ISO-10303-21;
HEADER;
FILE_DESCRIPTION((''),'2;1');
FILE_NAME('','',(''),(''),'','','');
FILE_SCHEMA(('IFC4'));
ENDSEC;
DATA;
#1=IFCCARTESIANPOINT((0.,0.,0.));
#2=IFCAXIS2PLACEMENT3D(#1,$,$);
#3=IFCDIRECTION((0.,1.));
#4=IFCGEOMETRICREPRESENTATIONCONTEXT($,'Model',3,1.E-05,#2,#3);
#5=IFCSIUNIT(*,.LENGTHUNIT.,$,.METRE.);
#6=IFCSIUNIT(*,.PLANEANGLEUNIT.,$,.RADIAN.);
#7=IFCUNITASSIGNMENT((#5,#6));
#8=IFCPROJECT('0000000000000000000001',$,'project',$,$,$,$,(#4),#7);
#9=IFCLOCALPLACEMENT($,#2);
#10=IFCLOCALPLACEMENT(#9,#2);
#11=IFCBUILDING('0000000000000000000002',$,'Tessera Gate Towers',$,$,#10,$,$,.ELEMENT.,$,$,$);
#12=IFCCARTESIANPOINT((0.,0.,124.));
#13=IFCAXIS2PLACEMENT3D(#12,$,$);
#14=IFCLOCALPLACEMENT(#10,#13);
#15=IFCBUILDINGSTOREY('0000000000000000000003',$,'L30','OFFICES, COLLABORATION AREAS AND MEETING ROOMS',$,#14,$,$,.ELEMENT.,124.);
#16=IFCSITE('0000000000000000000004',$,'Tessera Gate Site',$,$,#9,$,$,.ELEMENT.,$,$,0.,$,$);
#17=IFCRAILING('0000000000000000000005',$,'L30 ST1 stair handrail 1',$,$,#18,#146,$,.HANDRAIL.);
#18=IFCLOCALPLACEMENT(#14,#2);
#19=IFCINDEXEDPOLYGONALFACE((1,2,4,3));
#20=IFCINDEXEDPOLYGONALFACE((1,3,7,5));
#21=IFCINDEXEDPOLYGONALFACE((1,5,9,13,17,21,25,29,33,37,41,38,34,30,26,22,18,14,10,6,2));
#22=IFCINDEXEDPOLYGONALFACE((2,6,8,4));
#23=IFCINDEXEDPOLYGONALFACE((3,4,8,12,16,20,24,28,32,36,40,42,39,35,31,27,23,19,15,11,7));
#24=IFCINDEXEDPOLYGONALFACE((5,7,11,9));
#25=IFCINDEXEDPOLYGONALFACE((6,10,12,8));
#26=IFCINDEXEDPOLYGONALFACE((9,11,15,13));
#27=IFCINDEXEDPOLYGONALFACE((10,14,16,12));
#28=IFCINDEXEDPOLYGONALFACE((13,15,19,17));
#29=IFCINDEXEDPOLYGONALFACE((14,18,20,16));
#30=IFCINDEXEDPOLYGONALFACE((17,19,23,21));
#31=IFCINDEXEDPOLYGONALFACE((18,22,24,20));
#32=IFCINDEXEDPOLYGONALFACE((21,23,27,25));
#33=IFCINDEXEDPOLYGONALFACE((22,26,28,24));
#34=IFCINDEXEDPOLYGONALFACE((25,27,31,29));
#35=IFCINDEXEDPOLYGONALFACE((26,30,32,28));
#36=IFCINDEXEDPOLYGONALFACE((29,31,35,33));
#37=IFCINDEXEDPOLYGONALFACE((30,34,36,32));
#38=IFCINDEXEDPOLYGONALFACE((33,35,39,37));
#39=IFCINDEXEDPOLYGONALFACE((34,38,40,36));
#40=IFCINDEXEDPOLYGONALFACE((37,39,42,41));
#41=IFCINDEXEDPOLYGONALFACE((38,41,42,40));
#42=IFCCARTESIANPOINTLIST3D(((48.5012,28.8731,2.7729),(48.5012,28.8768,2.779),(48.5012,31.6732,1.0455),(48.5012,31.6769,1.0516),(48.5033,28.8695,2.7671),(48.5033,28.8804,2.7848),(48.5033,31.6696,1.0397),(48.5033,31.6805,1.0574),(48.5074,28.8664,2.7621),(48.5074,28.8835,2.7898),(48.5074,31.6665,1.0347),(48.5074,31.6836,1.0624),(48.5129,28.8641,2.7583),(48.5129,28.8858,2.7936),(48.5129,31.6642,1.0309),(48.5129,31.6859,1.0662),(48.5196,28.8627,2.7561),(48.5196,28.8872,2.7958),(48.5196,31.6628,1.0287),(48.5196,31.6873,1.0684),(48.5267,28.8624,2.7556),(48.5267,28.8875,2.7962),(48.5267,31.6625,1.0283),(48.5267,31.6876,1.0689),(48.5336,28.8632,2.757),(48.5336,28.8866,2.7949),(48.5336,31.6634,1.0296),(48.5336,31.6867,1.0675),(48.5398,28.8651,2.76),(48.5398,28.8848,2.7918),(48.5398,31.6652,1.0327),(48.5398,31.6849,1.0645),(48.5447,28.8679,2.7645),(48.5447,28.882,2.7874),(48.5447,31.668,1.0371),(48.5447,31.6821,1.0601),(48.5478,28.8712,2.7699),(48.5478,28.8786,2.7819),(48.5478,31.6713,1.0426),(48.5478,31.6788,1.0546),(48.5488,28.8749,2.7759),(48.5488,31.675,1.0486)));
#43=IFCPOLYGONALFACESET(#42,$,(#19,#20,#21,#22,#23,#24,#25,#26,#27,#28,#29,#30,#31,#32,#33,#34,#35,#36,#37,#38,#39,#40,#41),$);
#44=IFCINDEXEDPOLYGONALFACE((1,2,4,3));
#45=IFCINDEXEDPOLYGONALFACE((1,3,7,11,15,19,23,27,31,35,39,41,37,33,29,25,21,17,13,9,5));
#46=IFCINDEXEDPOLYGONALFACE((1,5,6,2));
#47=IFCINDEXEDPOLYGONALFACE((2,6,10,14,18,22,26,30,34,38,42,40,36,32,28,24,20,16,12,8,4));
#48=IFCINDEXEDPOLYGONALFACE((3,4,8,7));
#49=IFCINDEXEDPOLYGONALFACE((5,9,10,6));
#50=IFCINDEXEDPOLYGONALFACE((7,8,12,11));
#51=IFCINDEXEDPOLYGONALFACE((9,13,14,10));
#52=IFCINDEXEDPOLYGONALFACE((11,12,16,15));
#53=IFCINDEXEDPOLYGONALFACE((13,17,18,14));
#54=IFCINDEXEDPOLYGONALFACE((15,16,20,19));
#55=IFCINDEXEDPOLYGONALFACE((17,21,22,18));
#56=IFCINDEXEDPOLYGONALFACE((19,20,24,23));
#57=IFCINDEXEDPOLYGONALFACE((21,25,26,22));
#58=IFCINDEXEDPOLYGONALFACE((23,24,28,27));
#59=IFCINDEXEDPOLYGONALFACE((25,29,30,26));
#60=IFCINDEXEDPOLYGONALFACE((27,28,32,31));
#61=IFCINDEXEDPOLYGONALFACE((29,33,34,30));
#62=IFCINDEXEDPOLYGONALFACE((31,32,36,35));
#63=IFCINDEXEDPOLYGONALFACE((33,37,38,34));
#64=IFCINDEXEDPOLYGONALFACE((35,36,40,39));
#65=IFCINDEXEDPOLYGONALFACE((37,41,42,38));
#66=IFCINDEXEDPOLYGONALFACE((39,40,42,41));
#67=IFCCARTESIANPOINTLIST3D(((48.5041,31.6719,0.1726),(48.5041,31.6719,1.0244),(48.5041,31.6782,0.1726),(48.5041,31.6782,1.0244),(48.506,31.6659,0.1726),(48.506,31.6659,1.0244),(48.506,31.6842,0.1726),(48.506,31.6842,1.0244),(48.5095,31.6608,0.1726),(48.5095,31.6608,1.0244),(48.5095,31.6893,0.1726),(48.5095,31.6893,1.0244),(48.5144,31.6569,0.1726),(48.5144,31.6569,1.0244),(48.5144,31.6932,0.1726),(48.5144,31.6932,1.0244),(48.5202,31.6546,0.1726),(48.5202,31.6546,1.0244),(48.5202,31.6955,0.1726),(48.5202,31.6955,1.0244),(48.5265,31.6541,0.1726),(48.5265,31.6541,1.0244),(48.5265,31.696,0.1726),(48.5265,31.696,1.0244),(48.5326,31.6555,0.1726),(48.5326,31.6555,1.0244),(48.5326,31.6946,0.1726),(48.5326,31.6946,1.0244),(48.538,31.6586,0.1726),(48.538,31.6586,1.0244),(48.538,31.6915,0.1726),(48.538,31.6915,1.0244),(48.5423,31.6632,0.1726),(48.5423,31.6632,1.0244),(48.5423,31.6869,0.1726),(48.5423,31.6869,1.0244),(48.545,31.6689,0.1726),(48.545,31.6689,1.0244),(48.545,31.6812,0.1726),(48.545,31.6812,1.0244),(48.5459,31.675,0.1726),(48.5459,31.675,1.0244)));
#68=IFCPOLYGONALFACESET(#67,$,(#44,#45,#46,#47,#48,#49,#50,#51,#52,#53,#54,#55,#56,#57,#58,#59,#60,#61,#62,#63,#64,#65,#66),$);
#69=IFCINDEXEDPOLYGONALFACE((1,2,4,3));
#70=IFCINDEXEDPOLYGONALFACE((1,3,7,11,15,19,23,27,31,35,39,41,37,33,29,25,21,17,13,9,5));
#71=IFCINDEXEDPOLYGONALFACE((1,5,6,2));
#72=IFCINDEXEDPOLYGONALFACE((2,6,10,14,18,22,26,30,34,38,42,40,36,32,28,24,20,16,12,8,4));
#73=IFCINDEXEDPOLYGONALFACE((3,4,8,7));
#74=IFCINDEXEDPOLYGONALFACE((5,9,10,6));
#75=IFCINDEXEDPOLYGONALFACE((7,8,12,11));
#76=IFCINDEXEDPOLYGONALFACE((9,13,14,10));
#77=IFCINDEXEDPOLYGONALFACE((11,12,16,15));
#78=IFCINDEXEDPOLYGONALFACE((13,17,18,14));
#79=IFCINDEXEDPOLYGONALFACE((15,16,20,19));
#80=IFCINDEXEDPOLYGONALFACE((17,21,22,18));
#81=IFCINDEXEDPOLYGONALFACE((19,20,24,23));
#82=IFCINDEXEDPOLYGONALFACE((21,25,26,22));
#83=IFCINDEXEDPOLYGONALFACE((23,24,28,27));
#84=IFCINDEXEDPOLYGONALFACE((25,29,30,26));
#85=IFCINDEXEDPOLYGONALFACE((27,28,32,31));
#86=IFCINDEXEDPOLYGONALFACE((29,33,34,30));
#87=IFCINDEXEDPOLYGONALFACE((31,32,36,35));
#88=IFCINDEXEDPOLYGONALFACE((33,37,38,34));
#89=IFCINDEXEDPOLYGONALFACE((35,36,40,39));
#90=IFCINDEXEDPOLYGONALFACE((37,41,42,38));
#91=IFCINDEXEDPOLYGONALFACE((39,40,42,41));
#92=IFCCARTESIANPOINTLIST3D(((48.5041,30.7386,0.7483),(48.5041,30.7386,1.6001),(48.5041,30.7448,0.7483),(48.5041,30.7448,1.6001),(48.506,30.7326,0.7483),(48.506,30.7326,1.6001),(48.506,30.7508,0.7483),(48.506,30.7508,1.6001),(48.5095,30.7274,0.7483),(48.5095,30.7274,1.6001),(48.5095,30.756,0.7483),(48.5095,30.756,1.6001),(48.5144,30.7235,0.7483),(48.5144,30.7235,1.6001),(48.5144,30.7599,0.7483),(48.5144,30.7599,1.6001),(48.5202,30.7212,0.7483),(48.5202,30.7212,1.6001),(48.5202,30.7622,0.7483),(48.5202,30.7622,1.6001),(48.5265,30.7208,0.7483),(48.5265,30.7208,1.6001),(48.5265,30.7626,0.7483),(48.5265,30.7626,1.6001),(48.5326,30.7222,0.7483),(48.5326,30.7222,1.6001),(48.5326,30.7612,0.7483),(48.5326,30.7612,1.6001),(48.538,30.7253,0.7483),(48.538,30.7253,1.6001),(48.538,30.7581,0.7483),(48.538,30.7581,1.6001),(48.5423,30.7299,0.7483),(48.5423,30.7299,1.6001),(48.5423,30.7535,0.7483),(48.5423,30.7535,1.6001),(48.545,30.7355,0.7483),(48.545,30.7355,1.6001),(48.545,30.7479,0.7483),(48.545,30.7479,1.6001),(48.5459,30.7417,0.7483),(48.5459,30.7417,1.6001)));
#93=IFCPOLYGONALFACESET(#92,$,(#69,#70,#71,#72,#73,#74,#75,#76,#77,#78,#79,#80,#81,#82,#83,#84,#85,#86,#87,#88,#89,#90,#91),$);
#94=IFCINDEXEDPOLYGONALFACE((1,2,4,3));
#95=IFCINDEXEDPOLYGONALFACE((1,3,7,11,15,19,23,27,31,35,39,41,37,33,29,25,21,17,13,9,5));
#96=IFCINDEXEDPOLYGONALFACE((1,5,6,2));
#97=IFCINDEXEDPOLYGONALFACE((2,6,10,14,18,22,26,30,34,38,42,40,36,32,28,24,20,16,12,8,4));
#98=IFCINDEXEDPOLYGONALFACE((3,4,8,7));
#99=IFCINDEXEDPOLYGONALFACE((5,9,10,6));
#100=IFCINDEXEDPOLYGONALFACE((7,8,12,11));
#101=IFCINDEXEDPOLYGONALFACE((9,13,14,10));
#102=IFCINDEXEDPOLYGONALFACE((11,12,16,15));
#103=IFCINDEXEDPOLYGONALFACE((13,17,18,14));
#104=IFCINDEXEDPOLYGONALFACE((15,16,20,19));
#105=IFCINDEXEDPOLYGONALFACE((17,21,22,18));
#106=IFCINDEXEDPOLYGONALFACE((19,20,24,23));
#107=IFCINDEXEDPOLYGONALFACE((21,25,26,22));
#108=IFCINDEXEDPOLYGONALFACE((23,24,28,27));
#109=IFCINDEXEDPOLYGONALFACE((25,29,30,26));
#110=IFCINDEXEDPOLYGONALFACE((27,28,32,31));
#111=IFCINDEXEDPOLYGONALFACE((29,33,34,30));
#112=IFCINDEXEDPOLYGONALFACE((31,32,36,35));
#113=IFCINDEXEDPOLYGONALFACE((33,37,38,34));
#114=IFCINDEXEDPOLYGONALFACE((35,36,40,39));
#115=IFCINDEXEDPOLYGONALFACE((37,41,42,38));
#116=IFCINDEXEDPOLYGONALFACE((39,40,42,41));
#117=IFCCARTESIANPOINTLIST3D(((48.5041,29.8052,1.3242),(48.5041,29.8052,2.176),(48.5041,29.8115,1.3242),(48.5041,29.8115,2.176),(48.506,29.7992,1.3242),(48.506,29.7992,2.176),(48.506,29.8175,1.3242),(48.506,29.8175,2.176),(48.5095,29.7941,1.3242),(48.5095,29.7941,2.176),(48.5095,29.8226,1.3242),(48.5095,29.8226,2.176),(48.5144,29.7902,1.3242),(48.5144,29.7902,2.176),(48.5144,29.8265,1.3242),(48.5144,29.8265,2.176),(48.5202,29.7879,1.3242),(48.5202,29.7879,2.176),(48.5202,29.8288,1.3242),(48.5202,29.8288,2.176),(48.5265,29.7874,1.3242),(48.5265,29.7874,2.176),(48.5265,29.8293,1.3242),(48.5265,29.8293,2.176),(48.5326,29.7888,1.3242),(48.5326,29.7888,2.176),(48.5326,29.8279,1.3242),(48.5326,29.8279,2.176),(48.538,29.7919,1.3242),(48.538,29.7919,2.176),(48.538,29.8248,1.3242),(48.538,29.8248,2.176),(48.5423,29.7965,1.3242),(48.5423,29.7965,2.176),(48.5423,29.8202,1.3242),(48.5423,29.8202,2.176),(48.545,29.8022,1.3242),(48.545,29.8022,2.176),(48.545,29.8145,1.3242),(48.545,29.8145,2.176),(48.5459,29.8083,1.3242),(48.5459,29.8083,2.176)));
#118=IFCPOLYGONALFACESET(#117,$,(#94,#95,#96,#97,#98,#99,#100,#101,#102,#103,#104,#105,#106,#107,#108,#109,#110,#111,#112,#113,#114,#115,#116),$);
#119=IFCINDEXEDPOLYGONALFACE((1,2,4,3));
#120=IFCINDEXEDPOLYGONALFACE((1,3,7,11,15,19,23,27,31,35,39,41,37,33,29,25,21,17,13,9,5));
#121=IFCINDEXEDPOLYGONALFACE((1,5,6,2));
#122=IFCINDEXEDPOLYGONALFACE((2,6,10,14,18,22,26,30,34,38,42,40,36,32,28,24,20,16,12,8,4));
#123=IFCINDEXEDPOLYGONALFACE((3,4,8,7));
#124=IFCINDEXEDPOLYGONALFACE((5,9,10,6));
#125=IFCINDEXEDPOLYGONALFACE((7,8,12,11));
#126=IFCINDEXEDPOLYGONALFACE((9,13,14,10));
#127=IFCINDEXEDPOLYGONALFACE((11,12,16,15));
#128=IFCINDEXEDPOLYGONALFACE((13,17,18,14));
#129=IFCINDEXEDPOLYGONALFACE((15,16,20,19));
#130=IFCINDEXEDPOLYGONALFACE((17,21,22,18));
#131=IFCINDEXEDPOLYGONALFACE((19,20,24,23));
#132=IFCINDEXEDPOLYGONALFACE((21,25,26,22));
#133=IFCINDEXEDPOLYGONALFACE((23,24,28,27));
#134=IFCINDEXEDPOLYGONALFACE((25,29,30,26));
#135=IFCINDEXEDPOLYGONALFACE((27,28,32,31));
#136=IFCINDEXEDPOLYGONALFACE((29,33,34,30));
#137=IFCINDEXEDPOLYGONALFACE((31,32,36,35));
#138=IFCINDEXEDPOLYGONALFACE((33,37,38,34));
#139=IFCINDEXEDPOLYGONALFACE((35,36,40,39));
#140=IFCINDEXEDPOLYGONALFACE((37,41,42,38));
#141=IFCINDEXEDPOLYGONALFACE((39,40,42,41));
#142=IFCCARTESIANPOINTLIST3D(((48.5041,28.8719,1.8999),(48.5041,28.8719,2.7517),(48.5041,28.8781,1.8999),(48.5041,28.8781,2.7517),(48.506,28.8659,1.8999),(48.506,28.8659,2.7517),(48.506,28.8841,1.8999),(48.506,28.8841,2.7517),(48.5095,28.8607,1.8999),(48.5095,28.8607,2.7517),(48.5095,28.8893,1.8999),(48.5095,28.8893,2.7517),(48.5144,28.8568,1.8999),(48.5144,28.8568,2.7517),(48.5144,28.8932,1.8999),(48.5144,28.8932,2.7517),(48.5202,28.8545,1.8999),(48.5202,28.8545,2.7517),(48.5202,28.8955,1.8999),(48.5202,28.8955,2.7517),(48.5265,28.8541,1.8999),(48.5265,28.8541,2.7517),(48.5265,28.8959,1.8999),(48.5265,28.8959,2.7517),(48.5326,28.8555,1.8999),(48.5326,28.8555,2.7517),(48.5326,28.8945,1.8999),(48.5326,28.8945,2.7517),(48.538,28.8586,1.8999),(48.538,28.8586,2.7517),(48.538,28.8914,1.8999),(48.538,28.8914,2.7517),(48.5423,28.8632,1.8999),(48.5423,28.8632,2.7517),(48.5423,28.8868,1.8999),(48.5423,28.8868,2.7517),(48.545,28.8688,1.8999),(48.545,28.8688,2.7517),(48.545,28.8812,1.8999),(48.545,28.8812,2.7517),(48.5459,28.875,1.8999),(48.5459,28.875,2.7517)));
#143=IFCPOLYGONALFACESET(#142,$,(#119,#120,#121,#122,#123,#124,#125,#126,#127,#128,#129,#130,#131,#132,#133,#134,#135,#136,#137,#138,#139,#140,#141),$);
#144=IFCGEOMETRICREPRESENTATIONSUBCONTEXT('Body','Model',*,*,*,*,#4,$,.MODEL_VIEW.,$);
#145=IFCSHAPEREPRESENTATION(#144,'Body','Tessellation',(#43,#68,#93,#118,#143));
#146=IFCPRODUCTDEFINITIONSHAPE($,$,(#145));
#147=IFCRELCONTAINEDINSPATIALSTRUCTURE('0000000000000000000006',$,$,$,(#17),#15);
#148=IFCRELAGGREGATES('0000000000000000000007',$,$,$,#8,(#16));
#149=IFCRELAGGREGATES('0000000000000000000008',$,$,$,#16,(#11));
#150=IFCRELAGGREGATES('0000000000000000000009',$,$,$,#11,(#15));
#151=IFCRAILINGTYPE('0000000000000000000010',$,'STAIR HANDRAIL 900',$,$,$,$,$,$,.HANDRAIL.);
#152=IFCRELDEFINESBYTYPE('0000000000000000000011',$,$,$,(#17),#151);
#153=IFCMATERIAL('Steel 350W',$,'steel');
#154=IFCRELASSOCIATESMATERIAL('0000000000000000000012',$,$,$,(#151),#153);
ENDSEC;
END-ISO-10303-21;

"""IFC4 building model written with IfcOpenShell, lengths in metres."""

from ifc_helpers import new_model, si_unit, direction, frame, origin, origin_2d, place, context, subcontext, project, spatial, circle, extrude, material, type_object, element, save


model = new_model("IFC4")

# Units and contexts
model_context = context("Model", 3, precision=1e-05, world=origin(), true_north=direction((0.0, 1.0)))
body_context = subcontext(model_context, "Body", "Model", "MODEL_VIEW")
ifc_project = project(units=[si_unit("LENGTHUNIT", "METRE"), si_unit("PLANEANGLEUNIT", "RADIAN")], contexts=[model_context])

# Site, building, storey
site_placement = place(None, origin())
site = spatial("IfcSite", under=ifc_project, at=site_placement, Name="Tessera Gate Site", CompositionType="ELEMENT", RefElevation=0.0)
building_placement = place(site_placement, origin())
building = spatial("IfcBuilding", under=site, at=building_placement, Name="Tessera Gate Towers", CompositionType="ELEMENT")
storey_placement = place(building_placement, frame((0.0, 0.0, 124.0)))
storey = spatial("IfcBuildingStorey", under=building, at=storey_placement, Name="L30", Description="OFFICES, COLLABORATION AREAS AND MEETING ROOMS", CompositionType="ELEMENT", Elevation=124.0)

# Railing
ifc_material_1 = material(Name="Steel 350W", Category="steel")
railing_type = type_object("IfcRailingType", Name="STAIR HANDRAIL 900", PredefinedType="HANDRAIL", material=ifc_material_1)
railing_placement = place(storey_placement, frame((48.5249, 31.675, 0.1726)))
element("IfcRailing", 1, at=railing_placement, inside=storey, type_object=railing_type, Name="L30 ST1 stair handrail 1", PredefinedType="HANDRAIL", context=body_context, shape_type="SweptSolid", body=[
    extrude(circle(Radius=0.0239, at=origin_2d()), frame((0.0, 0.0, 0.876), z_axis=(0.0, -0.85109, 0.52502), x_axis=(1.0, 0.0, 0.0)), (0.0, 0.0, 1.0), 3.29),
    extrude(circle(Radius=0.021, at=origin_2d()), origin(), (0.0, 0.0, 1.0), 0.8518),
    extrude(circle(Radius=0.021, at=origin_2d()), frame((0.0, -0.9333, 0.5757)), (0.0, 0.0, 1.0), 0.8518),
    extrude(circle(Radius=0.021, at=origin_2d()), frame((0.0, -1.8667, 1.1516)), (0.0, 0.0, 1.0), 0.8518),
    extrude(circle(Radius=0.021, at=origin_2d()), frame((0.0, -2.8, 1.7273)), (0.0, 0.0, 1.0), 0.8518),
])

save(model, "model.ifc")
